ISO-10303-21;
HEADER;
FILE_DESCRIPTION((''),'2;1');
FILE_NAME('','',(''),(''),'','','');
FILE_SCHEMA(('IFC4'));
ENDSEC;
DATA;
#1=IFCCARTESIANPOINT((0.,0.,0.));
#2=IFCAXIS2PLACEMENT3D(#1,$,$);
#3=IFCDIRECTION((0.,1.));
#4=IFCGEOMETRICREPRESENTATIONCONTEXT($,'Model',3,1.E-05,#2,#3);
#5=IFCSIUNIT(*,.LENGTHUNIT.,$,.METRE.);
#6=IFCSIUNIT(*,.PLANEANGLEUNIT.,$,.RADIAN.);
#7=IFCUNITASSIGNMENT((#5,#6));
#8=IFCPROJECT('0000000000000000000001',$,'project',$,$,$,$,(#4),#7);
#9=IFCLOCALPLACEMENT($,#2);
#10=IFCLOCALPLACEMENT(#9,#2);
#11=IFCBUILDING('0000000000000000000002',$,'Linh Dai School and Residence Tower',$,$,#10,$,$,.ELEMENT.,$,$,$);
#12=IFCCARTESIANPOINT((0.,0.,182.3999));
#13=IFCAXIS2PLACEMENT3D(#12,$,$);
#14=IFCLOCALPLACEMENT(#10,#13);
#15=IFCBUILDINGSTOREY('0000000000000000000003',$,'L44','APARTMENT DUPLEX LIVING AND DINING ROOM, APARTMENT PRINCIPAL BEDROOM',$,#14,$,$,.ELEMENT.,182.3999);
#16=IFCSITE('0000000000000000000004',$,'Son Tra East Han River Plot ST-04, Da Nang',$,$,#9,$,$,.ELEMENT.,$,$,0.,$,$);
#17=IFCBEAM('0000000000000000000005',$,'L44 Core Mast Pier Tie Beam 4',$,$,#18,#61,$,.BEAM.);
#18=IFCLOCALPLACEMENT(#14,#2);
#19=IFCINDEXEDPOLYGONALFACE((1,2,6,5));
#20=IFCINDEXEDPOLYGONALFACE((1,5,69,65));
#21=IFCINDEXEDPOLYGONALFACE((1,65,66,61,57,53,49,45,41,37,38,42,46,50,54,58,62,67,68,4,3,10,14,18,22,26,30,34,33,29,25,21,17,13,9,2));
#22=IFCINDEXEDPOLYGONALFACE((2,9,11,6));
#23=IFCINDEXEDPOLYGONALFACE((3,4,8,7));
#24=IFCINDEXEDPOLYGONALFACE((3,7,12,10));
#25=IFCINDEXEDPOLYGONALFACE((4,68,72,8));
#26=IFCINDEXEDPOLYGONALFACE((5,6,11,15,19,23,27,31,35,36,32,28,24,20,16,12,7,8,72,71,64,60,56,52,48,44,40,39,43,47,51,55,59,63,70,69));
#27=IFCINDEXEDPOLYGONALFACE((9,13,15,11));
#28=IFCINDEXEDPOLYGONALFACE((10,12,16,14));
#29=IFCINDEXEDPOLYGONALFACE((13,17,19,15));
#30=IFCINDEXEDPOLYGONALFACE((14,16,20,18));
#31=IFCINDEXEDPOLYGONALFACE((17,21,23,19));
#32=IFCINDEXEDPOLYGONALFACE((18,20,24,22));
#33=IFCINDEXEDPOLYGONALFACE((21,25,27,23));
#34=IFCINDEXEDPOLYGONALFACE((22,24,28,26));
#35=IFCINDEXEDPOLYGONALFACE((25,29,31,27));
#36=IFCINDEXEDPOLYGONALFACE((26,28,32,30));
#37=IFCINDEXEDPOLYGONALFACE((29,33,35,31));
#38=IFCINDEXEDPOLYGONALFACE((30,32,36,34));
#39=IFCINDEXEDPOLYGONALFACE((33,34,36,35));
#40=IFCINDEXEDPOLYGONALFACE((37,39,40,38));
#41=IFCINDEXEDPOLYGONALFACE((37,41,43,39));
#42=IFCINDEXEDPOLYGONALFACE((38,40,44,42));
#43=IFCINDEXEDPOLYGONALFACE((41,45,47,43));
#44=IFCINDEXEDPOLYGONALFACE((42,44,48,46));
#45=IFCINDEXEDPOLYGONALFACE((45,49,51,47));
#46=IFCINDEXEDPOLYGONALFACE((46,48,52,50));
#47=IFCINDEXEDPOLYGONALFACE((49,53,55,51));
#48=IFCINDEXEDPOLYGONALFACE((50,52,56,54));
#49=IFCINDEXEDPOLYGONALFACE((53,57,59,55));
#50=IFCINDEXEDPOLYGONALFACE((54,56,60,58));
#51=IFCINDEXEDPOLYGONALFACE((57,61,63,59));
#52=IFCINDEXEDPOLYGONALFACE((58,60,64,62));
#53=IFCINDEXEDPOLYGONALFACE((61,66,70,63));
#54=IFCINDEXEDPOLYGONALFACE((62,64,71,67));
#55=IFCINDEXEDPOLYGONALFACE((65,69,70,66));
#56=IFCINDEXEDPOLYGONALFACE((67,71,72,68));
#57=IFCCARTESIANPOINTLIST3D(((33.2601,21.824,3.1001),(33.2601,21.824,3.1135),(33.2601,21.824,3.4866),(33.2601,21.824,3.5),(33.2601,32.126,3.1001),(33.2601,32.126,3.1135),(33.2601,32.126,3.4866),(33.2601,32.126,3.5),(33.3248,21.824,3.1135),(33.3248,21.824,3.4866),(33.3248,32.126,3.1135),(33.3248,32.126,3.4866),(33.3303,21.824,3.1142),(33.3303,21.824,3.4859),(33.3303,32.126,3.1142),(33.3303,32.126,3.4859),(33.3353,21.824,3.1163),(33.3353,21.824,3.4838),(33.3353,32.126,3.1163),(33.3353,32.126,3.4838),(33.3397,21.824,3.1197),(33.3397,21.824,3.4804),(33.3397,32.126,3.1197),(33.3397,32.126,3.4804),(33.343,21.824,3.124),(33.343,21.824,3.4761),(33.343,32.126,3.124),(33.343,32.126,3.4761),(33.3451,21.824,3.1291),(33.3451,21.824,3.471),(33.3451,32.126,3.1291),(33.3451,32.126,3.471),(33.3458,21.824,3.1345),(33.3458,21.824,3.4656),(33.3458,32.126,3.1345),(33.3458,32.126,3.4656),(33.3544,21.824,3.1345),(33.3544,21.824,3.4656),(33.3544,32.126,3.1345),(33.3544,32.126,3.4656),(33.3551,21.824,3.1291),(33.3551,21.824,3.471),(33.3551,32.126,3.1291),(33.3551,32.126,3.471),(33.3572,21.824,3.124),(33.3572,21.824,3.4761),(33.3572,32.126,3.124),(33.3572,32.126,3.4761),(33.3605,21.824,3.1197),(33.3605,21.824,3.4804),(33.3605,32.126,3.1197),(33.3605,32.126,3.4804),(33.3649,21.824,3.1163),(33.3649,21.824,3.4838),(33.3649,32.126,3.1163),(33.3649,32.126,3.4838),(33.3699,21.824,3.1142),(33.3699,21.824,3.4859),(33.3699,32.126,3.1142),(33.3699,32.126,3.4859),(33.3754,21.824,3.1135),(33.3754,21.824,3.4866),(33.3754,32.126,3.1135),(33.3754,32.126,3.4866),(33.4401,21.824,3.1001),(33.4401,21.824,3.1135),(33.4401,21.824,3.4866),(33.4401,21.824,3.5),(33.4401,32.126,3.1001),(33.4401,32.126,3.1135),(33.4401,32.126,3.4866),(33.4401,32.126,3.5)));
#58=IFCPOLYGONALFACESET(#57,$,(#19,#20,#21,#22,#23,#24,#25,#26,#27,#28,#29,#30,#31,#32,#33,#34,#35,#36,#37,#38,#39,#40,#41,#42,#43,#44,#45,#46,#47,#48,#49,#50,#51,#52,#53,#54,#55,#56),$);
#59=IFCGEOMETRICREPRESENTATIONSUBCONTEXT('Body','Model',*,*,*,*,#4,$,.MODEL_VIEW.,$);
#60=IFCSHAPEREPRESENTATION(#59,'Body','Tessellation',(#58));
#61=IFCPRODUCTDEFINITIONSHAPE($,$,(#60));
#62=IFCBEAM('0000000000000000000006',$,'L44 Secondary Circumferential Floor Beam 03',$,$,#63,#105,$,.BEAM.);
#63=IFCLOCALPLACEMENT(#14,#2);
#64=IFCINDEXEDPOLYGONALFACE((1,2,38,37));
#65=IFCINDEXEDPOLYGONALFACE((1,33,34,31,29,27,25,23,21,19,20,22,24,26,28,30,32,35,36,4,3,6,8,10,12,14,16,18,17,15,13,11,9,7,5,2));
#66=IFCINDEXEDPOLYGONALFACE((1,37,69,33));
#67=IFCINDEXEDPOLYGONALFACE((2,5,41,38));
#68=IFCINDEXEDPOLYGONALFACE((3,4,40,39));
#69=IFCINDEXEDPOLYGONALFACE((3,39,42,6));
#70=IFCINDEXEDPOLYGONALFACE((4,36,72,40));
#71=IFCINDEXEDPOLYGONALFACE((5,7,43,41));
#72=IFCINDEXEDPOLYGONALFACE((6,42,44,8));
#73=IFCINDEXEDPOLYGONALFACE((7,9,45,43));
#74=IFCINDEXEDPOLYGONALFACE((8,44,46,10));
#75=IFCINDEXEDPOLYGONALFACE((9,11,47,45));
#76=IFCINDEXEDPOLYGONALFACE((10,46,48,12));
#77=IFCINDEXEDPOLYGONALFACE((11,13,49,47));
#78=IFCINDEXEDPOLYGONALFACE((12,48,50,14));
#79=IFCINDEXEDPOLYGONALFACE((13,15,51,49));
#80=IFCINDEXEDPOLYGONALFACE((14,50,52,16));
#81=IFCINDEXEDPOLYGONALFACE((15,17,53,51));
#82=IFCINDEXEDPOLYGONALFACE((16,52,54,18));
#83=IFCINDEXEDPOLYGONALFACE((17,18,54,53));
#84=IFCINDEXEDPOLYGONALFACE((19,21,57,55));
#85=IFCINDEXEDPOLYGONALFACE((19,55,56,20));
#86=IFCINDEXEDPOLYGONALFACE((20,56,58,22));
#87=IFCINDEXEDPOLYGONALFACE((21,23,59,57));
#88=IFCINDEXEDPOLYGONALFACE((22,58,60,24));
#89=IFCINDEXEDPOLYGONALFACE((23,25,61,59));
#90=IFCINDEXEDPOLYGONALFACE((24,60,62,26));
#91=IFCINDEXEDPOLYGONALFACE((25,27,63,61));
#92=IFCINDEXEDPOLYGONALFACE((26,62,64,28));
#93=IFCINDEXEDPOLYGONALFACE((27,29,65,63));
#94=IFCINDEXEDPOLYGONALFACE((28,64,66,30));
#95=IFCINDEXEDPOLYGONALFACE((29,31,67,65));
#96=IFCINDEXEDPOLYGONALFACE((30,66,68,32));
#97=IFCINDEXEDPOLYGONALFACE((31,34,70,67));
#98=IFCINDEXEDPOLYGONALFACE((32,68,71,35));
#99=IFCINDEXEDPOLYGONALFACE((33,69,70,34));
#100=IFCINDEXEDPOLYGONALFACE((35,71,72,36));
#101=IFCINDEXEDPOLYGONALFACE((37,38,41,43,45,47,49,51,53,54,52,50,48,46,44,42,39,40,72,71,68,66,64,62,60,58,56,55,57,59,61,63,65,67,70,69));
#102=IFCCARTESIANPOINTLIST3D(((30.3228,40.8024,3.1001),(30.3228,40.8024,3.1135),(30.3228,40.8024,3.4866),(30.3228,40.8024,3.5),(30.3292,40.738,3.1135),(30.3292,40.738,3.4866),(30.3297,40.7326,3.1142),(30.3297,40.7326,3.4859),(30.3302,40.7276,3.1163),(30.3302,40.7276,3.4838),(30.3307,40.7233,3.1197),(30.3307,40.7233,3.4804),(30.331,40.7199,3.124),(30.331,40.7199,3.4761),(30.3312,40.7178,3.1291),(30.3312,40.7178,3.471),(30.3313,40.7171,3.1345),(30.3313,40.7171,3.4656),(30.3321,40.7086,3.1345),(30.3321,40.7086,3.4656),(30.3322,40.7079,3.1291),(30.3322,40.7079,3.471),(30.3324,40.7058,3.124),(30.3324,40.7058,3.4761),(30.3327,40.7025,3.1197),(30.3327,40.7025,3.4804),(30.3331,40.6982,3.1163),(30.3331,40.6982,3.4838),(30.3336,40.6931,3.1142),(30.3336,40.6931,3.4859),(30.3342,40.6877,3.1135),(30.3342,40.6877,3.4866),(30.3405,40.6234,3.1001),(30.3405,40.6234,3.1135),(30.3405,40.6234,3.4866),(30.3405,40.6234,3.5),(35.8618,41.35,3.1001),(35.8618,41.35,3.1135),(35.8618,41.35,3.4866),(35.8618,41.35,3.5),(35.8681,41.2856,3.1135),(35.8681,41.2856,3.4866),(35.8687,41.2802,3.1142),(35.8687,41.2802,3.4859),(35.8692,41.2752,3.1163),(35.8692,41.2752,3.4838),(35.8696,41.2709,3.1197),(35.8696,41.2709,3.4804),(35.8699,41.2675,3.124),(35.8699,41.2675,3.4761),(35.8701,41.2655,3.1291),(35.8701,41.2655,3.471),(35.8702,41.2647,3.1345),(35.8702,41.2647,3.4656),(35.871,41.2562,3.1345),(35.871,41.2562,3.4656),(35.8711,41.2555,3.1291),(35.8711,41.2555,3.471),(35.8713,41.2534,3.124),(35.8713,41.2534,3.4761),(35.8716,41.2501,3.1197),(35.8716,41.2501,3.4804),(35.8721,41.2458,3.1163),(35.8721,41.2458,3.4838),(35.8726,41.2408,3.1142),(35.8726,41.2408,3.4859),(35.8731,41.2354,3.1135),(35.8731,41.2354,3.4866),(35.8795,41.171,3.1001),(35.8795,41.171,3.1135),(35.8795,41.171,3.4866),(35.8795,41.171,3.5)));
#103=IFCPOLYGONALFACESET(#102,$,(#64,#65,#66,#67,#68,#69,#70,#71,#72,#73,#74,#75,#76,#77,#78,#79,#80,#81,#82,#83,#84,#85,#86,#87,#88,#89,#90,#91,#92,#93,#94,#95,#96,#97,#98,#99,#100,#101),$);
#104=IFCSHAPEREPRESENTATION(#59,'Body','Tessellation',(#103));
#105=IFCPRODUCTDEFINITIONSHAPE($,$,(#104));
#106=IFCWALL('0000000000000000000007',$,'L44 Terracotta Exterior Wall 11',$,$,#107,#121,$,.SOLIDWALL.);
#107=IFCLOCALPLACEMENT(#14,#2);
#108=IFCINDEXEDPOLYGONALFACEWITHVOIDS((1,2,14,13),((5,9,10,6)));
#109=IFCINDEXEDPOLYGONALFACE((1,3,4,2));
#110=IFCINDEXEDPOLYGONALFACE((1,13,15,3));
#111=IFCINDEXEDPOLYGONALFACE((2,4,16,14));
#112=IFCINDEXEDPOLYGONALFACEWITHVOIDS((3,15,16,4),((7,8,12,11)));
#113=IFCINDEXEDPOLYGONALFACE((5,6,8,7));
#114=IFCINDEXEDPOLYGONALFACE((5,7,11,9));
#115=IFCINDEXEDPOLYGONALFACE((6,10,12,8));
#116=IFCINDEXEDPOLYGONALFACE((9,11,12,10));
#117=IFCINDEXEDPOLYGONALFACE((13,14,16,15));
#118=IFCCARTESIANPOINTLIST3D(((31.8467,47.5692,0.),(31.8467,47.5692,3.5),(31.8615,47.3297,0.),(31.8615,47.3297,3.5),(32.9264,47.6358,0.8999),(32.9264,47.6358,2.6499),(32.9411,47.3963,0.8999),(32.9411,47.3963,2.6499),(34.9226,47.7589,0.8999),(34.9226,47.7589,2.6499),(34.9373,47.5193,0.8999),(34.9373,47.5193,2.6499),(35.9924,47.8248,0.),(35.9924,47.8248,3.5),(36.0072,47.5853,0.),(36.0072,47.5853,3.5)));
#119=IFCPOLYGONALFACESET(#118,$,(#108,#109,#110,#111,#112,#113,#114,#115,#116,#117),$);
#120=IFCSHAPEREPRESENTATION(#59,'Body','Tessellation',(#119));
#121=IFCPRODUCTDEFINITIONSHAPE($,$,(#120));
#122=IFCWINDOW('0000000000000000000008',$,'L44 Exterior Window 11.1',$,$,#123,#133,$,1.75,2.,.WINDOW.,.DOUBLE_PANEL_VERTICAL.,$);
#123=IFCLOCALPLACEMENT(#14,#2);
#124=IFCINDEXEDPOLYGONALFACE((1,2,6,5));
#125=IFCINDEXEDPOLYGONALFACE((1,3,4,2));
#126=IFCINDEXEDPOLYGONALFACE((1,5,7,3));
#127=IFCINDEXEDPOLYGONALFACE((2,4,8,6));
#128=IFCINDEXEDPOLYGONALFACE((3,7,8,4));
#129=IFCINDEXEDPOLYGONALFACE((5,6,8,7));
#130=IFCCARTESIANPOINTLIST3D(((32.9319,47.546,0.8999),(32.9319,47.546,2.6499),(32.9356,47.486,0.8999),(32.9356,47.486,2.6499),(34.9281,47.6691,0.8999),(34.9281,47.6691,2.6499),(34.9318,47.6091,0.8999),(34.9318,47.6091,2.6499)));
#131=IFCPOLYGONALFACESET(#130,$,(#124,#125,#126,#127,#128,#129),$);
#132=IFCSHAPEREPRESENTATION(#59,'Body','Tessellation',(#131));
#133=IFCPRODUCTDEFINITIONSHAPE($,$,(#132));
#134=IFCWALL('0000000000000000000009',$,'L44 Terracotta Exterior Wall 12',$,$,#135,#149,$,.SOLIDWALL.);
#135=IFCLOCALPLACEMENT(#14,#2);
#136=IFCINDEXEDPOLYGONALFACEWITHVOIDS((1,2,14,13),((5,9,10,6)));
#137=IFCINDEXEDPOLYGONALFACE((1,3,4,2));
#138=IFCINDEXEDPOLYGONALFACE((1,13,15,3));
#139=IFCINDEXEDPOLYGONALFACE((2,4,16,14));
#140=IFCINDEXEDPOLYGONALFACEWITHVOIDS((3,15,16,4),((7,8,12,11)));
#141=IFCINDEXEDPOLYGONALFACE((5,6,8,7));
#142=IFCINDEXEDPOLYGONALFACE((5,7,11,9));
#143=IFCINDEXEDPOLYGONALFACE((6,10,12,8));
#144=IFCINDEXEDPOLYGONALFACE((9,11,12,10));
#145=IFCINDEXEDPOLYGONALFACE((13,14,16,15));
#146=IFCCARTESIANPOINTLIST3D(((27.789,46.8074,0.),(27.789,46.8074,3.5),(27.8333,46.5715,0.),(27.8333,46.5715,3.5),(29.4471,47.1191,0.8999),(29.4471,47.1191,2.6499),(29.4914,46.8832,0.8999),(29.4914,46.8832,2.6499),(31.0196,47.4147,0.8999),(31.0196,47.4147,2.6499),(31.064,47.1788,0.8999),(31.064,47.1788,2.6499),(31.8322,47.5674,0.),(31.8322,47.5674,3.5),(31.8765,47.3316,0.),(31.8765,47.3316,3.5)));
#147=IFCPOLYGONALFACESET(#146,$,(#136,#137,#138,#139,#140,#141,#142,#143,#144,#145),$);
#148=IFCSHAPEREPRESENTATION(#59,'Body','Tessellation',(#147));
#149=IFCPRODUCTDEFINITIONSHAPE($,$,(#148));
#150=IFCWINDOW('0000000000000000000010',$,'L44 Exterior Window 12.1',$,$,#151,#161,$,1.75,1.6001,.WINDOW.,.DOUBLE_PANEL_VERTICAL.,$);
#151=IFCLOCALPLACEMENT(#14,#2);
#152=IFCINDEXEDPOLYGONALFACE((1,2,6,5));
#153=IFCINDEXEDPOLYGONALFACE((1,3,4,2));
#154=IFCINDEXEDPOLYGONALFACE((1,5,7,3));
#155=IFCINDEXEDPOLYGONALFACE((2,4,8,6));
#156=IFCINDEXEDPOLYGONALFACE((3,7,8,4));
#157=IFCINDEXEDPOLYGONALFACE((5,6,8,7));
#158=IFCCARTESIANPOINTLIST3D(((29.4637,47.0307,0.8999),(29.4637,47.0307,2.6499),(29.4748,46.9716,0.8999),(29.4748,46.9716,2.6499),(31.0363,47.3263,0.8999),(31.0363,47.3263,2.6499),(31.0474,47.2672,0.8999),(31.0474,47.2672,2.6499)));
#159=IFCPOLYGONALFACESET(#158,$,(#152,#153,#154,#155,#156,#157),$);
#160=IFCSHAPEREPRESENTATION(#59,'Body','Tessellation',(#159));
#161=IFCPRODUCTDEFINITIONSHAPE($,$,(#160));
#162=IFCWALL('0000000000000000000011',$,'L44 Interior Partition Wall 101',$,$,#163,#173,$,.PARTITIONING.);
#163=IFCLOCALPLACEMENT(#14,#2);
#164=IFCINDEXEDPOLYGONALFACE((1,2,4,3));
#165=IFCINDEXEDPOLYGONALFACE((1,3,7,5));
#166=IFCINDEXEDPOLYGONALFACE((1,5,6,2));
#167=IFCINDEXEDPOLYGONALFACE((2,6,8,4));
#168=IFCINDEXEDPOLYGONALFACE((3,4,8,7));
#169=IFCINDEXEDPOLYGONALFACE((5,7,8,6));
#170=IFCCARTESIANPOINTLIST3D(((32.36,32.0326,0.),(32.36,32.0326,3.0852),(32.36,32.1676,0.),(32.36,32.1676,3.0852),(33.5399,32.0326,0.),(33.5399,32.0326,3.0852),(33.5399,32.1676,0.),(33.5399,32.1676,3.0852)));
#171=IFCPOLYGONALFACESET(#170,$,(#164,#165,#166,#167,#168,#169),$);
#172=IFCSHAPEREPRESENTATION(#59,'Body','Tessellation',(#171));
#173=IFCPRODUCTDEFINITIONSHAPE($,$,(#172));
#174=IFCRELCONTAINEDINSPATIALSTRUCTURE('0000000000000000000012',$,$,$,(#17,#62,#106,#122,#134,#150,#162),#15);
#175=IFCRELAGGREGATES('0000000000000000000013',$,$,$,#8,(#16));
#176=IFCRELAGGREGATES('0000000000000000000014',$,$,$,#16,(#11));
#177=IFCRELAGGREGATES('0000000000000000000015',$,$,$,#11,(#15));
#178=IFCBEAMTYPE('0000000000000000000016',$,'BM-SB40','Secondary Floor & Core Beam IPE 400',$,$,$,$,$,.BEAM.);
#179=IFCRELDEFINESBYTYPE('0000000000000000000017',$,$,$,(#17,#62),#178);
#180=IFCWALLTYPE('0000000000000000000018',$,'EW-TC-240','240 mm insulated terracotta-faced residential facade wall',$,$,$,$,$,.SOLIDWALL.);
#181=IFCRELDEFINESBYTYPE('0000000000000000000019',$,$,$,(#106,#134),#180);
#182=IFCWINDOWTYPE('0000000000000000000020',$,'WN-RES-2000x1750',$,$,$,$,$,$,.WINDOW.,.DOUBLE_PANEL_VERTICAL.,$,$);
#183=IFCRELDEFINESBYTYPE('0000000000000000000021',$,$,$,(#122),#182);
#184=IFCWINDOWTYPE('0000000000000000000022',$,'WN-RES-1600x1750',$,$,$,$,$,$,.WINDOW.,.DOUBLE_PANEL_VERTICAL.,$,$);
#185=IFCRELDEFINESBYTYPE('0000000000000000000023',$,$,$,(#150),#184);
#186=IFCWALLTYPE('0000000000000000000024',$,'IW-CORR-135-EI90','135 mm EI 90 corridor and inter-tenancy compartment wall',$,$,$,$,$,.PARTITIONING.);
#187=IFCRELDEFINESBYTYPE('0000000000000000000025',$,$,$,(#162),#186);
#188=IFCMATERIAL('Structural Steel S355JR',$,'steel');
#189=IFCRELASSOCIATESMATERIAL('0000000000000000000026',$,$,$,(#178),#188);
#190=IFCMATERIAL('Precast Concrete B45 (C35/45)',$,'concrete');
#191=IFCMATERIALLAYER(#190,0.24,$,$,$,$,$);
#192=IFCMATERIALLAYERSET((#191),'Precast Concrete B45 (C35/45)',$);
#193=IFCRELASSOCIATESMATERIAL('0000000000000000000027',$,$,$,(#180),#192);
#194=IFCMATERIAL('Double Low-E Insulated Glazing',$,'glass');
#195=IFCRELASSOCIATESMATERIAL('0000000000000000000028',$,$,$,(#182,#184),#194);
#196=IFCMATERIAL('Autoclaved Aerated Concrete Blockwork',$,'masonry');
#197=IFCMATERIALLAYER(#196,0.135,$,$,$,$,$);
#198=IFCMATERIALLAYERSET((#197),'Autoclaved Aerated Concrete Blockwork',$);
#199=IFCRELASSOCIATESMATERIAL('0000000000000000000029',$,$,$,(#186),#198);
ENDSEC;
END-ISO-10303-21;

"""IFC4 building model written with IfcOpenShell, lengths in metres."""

from ifc_helpers import new_model, si_unit, direction, frame, frame_2d, origin, origin_2d, place, context, subcontext, project, spatial, rectangle, i_section, extrude, source, transform, mapped, material, layer, layer_set, material_profile, profile_set, type_object, element, fill, save


model = new_model("IFC4")

# Units and contexts
model_context = context("Model", 3, precision=1e-05, world=origin(), true_north=direction((0.0, 1.0)))
body_context = subcontext(model_context, "Body", "Model", "MODEL_VIEW")
ifc_project = project(units=[si_unit("LENGTHUNIT", "METRE"), si_unit("PLANEANGLEUNIT", "RADIAN")], contexts=[model_context])

# Site, building, storey
site_placement = place(None, origin())
site = spatial("IfcSite", under=ifc_project, at=site_placement, Name="Son Tra East Han River Plot ST-04, Da Nang", CompositionType="ELEMENT", RefElevation=0.0)
building_placement = place(site_placement, origin())
building = spatial("IfcBuilding", under=site, at=building_placement, Name="Linh Dai School and Residence Tower", CompositionType="ELEMENT")
storey_placement = place(building_placement, frame((0.0, 0.0, 182.3999)))
storey = spatial("IfcBuildingStorey", under=building, at=storey_placement, Name="L44", Description="APARTMENT DUPLEX LIVING AND DINING ROOM, APARTMENT PRINCIPAL BEDROOM", CompositionType="ELEMENT", Elevation=182.3999)

# Shared definitions
ifc_material_1 = material(Name="Structural Steel S355JR", Category="steel")

# Beams
ifc_material_profile_1 = material_profile(ifc_material_1, i_section(OverallWidth=0.1799, OverallDepth=0.3999, WebThickness=0.0085, FlangeThickness=0.0134, FilletRadius=0.021, at=origin_2d()), Name="IPE 400")
ifc_profile_set_1 = profile_set([ifc_material_profile_1], Name="Structural Steel S355JR")
beam_type_1 = type_object("IfcBeamType", Name="BM-SB40", Description="Secondary Floor & Core Beam IPE 400", PredefinedType="BEAM", material=ifc_profile_set_1)
beam_1_placement = place(storey_placement, frame((33.3501, 32.126, 3.3), z_axis=(0.0, -1.0, 0.0), x_axis=(1.0, 0.0, 0.0)))
element("IfcBeam", 1, at=beam_1_placement, inside=storey, type_object=beam_type_1, Name="L44 Core Mast Pier Tie Beam 4", PredefinedType="BEAM", context=body_context, shape_type="SweptSolid", body=[
    extrude(i_section(OverallWidth=0.1799, OverallDepth=0.3999, WebThickness=0.0085, FlangeThickness=0.0134, FilletRadius=0.021, at=origin_2d()), origin(), (0.0, 0.0, 1.0), 10.302),
])
beam_2_placement = place(storey_placement, frame((35.8706, 41.2605, 3.3), z_axis=(-0.995148, -0.098388, 0.0), x_axis=(0.098388, -0.995148, 0.0)))
element("IfcBeam", 2, at=beam_2_placement, inside=storey, type_object=beam_type_1, Name="L44 Secondary Circumferential Floor Beam 03", PredefinedType="BEAM", context=body_context, shape_type="SweptSolid", body=[
    extrude(i_section(OverallWidth=0.1799, OverallDepth=0.3999, WebThickness=0.0085, FlangeThickness=0.0134, FilletRadius=0.021, at=origin_2d()), origin(), (0.0, 0.0, 1.0), 5.5659),
])

# Walls, openings, windows
ifc_material_2 = material(Name="Precast Concrete B45 (C35/45)", Category="concrete")
ifc_layer_1 = layer(ifc_material_2, 0.24)
ifc_layer_set_1 = layer_set([ifc_layer_1], Name="Precast Concrete B45 (C35/45)")
wall_type_1 = type_object("IfcWallType", Name="EW-TC-240", Description="240 mm insulated terracotta-faced residential facade wall", PredefinedType="SOLIDWALL", material=ifc_layer_set_1)
wall_1_placement = place(storey_placement, frame((31.8542, 47.4495, 0.0), z_axis=(0.0, 0.0, 1.0), x_axis=(0.998105, 0.06154, 0.0)))
wall_1 = element("IfcWall", 3, at=wall_1_placement, inside=storey, type_object=wall_type_1, Name="L44 Terracotta Exterior Wall 11", PredefinedType="SOLIDWALL", context=body_context, shape_type="SweptSolid", body=[
    extrude(rectangle(XDim=4.1536, YDim=0.24, at=frame_2d((2.0767, 0.0))), origin(), (0.0, 0.0, 1.0), 3.5),
])
opening_1_placement = place(wall_1_placement, frame((1.0815, 0.0, 0.8999)))
opening_1 = element("IfcOpeningElement", 4, at=opening_1_placement, cuts=wall_1, PredefinedType="OPENING", context=body_context, shape_type="SweptSolid", body=[
    extrude(rectangle(XDim=2.0, YDim=1.75, at=origin_2d()), frame((1.0, 0.1299, 0.875), z_axis=(0.0, -1.0, 0.0), x_axis=(1.0, 0.0, 0.0)), (0.0, 0.0, 1.0), 0.26),
])
ifc_material_3 = material(Name="Double Low-E Insulated Glazing", Category="glass")
window_type_1 = type_object("IfcWindowType", Name="WN-RES-2000x1750", PartitioningType="DOUBLE_PANEL_VERTICAL", PredefinedType="WINDOW", material=ifc_material_3)
shared_shape_1 = source(origin(), body_context, "Body", "SweptSolid", [
    extrude(rectangle(XDim=2.0, YDim=1.75, at=origin_2d()), frame((1.0, 0.03, 0.875), z_axis=(0.0, -1.0, 0.0), x_axis=(1.0, 0.0, 0.0)), (0.0, 0.0, 1.0), 0.0601),
])
window_1_placement = place(opening_1_placement, origin())
window_1 = element("IfcWindow", 5, at=window_1_placement, inside=storey, type_object=window_type_1, Name="L44 Exterior Window 11.1", OverallHeight=1.75, OverallWidth=2.0, PartitioningType="DOUBLE_PANEL_VERTICAL", PredefinedType="WINDOW", context=body_context, shape_type="MappedRepresentation", body=[
    mapped(shared_shape_1, transform((0.0, 0.0, 0.0), x_axis=(1.0, 0.0, 0.0), y_axis=(0.0, 1.0, 0.0), z_axis=(0.0, 0.0, 1.0), scale=1.0)),
])
fill(opening_1, window_1)
wall_2_placement = place(storey_placement, frame((27.811, 46.6895, 0.0), z_axis=(0.0, 0.0, 1.0), x_axis=(0.982788, 0.184736, 0.0)))
wall_2 = element("IfcWall", 6, at=wall_2_placement, inside=storey, type_object=wall_type_1, Name="L44 Terracotta Exterior Wall 12", PredefinedType="SOLIDWALL", context=body_context, shape_type="SweptSolid", body=[
    extrude(rectangle(XDim=4.114, YDim=0.24, at=frame_2d((2.0571, 0.0))), origin(), (0.0, 0.0, 1.0), 3.5),
])
opening_2_placement = place(wall_2_placement, frame((1.6873, 0.0, 0.8999)))
opening_2 = element("IfcOpeningElement", 7, at=opening_2_placement, cuts=wall_2, PredefinedType="OPENING", context=body_context, shape_type="SweptSolid", body=[
    extrude(rectangle(XDim=1.6001, YDim=1.75, at=origin_2d()), frame((0.8, 0.1299, 0.875), z_axis=(0.0, -1.0, 0.0), x_axis=(1.0, 0.0, 0.0)), (0.0, 0.0, 1.0), 0.26),
])
window_type_2 = type_object("IfcWindowType", Name="WN-RES-1600x1750", PartitioningType="DOUBLE_PANEL_VERTICAL", PredefinedType="WINDOW", material=ifc_material_3)
shared_shape_2 = source(origin(), body_context, "Body", "SweptSolid", [
    extrude(rectangle(XDim=1.6001, YDim=1.75, at=origin_2d()), frame((0.8, 0.03, 0.875), z_axis=(0.0, -1.0, 0.0), x_axis=(1.0, 0.0, 0.0)), (0.0, 0.0, 1.0), 0.0601),
])
window_2_placement = place(opening_2_placement, origin())
window_2 = element("IfcWindow", 8, at=window_2_placement, inside=storey, type_object=window_type_2, Name="L44 Exterior Window 12.1", OverallHeight=1.75, OverallWidth=1.6001, PartitioningType="DOUBLE_PANEL_VERTICAL", PredefinedType="WINDOW", context=body_context, shape_type="MappedRepresentation", body=[
    mapped(shared_shape_2, transform((0.0, 0.0, 0.0), x_axis=(1.0, 0.0, 0.0), y_axis=(0.0, 1.0, 0.0), z_axis=(0.0, 0.0, 1.0), scale=1.0)),
])
fill(opening_2, window_2)

# Wall
ifc_material_4 = material(Name="Autoclaved Aerated Concrete Blockwork", Category="masonry")
ifc_layer_2 = layer(ifc_material_4, 0.135)
ifc_layer_set_2 = layer_set([ifc_layer_2], Name="Autoclaved Aerated Concrete Blockwork")
wall_type_2 = type_object("IfcWallType", Name="IW-CORR-135-EI90", Description="135 mm EI 90 corridor and inter-tenancy compartment wall", PredefinedType="PARTITIONING", material=ifc_layer_set_2)
wall_3_placement = place(storey_placement, frame((32.3601, 32.1001, 0.0), z_axis=(0.0, 0.0, 1.0), x_axis=(1.0, 0.0, 0.0)))
element("IfcWall", 9, at=wall_3_placement, inside=storey, type_object=wall_type_2, Name="L44 Interior Partition Wall 101", PredefinedType="PARTITIONING", context=body_context, shape_type="SweptSolid", body=[
    extrude(rectangle(XDim=1.1799, YDim=0.135, at=frame_2d((0.5898, 0.0))), origin(), (0.0, 0.0, 1.0), 3.0852),
])

save(model, "model.ifc")
